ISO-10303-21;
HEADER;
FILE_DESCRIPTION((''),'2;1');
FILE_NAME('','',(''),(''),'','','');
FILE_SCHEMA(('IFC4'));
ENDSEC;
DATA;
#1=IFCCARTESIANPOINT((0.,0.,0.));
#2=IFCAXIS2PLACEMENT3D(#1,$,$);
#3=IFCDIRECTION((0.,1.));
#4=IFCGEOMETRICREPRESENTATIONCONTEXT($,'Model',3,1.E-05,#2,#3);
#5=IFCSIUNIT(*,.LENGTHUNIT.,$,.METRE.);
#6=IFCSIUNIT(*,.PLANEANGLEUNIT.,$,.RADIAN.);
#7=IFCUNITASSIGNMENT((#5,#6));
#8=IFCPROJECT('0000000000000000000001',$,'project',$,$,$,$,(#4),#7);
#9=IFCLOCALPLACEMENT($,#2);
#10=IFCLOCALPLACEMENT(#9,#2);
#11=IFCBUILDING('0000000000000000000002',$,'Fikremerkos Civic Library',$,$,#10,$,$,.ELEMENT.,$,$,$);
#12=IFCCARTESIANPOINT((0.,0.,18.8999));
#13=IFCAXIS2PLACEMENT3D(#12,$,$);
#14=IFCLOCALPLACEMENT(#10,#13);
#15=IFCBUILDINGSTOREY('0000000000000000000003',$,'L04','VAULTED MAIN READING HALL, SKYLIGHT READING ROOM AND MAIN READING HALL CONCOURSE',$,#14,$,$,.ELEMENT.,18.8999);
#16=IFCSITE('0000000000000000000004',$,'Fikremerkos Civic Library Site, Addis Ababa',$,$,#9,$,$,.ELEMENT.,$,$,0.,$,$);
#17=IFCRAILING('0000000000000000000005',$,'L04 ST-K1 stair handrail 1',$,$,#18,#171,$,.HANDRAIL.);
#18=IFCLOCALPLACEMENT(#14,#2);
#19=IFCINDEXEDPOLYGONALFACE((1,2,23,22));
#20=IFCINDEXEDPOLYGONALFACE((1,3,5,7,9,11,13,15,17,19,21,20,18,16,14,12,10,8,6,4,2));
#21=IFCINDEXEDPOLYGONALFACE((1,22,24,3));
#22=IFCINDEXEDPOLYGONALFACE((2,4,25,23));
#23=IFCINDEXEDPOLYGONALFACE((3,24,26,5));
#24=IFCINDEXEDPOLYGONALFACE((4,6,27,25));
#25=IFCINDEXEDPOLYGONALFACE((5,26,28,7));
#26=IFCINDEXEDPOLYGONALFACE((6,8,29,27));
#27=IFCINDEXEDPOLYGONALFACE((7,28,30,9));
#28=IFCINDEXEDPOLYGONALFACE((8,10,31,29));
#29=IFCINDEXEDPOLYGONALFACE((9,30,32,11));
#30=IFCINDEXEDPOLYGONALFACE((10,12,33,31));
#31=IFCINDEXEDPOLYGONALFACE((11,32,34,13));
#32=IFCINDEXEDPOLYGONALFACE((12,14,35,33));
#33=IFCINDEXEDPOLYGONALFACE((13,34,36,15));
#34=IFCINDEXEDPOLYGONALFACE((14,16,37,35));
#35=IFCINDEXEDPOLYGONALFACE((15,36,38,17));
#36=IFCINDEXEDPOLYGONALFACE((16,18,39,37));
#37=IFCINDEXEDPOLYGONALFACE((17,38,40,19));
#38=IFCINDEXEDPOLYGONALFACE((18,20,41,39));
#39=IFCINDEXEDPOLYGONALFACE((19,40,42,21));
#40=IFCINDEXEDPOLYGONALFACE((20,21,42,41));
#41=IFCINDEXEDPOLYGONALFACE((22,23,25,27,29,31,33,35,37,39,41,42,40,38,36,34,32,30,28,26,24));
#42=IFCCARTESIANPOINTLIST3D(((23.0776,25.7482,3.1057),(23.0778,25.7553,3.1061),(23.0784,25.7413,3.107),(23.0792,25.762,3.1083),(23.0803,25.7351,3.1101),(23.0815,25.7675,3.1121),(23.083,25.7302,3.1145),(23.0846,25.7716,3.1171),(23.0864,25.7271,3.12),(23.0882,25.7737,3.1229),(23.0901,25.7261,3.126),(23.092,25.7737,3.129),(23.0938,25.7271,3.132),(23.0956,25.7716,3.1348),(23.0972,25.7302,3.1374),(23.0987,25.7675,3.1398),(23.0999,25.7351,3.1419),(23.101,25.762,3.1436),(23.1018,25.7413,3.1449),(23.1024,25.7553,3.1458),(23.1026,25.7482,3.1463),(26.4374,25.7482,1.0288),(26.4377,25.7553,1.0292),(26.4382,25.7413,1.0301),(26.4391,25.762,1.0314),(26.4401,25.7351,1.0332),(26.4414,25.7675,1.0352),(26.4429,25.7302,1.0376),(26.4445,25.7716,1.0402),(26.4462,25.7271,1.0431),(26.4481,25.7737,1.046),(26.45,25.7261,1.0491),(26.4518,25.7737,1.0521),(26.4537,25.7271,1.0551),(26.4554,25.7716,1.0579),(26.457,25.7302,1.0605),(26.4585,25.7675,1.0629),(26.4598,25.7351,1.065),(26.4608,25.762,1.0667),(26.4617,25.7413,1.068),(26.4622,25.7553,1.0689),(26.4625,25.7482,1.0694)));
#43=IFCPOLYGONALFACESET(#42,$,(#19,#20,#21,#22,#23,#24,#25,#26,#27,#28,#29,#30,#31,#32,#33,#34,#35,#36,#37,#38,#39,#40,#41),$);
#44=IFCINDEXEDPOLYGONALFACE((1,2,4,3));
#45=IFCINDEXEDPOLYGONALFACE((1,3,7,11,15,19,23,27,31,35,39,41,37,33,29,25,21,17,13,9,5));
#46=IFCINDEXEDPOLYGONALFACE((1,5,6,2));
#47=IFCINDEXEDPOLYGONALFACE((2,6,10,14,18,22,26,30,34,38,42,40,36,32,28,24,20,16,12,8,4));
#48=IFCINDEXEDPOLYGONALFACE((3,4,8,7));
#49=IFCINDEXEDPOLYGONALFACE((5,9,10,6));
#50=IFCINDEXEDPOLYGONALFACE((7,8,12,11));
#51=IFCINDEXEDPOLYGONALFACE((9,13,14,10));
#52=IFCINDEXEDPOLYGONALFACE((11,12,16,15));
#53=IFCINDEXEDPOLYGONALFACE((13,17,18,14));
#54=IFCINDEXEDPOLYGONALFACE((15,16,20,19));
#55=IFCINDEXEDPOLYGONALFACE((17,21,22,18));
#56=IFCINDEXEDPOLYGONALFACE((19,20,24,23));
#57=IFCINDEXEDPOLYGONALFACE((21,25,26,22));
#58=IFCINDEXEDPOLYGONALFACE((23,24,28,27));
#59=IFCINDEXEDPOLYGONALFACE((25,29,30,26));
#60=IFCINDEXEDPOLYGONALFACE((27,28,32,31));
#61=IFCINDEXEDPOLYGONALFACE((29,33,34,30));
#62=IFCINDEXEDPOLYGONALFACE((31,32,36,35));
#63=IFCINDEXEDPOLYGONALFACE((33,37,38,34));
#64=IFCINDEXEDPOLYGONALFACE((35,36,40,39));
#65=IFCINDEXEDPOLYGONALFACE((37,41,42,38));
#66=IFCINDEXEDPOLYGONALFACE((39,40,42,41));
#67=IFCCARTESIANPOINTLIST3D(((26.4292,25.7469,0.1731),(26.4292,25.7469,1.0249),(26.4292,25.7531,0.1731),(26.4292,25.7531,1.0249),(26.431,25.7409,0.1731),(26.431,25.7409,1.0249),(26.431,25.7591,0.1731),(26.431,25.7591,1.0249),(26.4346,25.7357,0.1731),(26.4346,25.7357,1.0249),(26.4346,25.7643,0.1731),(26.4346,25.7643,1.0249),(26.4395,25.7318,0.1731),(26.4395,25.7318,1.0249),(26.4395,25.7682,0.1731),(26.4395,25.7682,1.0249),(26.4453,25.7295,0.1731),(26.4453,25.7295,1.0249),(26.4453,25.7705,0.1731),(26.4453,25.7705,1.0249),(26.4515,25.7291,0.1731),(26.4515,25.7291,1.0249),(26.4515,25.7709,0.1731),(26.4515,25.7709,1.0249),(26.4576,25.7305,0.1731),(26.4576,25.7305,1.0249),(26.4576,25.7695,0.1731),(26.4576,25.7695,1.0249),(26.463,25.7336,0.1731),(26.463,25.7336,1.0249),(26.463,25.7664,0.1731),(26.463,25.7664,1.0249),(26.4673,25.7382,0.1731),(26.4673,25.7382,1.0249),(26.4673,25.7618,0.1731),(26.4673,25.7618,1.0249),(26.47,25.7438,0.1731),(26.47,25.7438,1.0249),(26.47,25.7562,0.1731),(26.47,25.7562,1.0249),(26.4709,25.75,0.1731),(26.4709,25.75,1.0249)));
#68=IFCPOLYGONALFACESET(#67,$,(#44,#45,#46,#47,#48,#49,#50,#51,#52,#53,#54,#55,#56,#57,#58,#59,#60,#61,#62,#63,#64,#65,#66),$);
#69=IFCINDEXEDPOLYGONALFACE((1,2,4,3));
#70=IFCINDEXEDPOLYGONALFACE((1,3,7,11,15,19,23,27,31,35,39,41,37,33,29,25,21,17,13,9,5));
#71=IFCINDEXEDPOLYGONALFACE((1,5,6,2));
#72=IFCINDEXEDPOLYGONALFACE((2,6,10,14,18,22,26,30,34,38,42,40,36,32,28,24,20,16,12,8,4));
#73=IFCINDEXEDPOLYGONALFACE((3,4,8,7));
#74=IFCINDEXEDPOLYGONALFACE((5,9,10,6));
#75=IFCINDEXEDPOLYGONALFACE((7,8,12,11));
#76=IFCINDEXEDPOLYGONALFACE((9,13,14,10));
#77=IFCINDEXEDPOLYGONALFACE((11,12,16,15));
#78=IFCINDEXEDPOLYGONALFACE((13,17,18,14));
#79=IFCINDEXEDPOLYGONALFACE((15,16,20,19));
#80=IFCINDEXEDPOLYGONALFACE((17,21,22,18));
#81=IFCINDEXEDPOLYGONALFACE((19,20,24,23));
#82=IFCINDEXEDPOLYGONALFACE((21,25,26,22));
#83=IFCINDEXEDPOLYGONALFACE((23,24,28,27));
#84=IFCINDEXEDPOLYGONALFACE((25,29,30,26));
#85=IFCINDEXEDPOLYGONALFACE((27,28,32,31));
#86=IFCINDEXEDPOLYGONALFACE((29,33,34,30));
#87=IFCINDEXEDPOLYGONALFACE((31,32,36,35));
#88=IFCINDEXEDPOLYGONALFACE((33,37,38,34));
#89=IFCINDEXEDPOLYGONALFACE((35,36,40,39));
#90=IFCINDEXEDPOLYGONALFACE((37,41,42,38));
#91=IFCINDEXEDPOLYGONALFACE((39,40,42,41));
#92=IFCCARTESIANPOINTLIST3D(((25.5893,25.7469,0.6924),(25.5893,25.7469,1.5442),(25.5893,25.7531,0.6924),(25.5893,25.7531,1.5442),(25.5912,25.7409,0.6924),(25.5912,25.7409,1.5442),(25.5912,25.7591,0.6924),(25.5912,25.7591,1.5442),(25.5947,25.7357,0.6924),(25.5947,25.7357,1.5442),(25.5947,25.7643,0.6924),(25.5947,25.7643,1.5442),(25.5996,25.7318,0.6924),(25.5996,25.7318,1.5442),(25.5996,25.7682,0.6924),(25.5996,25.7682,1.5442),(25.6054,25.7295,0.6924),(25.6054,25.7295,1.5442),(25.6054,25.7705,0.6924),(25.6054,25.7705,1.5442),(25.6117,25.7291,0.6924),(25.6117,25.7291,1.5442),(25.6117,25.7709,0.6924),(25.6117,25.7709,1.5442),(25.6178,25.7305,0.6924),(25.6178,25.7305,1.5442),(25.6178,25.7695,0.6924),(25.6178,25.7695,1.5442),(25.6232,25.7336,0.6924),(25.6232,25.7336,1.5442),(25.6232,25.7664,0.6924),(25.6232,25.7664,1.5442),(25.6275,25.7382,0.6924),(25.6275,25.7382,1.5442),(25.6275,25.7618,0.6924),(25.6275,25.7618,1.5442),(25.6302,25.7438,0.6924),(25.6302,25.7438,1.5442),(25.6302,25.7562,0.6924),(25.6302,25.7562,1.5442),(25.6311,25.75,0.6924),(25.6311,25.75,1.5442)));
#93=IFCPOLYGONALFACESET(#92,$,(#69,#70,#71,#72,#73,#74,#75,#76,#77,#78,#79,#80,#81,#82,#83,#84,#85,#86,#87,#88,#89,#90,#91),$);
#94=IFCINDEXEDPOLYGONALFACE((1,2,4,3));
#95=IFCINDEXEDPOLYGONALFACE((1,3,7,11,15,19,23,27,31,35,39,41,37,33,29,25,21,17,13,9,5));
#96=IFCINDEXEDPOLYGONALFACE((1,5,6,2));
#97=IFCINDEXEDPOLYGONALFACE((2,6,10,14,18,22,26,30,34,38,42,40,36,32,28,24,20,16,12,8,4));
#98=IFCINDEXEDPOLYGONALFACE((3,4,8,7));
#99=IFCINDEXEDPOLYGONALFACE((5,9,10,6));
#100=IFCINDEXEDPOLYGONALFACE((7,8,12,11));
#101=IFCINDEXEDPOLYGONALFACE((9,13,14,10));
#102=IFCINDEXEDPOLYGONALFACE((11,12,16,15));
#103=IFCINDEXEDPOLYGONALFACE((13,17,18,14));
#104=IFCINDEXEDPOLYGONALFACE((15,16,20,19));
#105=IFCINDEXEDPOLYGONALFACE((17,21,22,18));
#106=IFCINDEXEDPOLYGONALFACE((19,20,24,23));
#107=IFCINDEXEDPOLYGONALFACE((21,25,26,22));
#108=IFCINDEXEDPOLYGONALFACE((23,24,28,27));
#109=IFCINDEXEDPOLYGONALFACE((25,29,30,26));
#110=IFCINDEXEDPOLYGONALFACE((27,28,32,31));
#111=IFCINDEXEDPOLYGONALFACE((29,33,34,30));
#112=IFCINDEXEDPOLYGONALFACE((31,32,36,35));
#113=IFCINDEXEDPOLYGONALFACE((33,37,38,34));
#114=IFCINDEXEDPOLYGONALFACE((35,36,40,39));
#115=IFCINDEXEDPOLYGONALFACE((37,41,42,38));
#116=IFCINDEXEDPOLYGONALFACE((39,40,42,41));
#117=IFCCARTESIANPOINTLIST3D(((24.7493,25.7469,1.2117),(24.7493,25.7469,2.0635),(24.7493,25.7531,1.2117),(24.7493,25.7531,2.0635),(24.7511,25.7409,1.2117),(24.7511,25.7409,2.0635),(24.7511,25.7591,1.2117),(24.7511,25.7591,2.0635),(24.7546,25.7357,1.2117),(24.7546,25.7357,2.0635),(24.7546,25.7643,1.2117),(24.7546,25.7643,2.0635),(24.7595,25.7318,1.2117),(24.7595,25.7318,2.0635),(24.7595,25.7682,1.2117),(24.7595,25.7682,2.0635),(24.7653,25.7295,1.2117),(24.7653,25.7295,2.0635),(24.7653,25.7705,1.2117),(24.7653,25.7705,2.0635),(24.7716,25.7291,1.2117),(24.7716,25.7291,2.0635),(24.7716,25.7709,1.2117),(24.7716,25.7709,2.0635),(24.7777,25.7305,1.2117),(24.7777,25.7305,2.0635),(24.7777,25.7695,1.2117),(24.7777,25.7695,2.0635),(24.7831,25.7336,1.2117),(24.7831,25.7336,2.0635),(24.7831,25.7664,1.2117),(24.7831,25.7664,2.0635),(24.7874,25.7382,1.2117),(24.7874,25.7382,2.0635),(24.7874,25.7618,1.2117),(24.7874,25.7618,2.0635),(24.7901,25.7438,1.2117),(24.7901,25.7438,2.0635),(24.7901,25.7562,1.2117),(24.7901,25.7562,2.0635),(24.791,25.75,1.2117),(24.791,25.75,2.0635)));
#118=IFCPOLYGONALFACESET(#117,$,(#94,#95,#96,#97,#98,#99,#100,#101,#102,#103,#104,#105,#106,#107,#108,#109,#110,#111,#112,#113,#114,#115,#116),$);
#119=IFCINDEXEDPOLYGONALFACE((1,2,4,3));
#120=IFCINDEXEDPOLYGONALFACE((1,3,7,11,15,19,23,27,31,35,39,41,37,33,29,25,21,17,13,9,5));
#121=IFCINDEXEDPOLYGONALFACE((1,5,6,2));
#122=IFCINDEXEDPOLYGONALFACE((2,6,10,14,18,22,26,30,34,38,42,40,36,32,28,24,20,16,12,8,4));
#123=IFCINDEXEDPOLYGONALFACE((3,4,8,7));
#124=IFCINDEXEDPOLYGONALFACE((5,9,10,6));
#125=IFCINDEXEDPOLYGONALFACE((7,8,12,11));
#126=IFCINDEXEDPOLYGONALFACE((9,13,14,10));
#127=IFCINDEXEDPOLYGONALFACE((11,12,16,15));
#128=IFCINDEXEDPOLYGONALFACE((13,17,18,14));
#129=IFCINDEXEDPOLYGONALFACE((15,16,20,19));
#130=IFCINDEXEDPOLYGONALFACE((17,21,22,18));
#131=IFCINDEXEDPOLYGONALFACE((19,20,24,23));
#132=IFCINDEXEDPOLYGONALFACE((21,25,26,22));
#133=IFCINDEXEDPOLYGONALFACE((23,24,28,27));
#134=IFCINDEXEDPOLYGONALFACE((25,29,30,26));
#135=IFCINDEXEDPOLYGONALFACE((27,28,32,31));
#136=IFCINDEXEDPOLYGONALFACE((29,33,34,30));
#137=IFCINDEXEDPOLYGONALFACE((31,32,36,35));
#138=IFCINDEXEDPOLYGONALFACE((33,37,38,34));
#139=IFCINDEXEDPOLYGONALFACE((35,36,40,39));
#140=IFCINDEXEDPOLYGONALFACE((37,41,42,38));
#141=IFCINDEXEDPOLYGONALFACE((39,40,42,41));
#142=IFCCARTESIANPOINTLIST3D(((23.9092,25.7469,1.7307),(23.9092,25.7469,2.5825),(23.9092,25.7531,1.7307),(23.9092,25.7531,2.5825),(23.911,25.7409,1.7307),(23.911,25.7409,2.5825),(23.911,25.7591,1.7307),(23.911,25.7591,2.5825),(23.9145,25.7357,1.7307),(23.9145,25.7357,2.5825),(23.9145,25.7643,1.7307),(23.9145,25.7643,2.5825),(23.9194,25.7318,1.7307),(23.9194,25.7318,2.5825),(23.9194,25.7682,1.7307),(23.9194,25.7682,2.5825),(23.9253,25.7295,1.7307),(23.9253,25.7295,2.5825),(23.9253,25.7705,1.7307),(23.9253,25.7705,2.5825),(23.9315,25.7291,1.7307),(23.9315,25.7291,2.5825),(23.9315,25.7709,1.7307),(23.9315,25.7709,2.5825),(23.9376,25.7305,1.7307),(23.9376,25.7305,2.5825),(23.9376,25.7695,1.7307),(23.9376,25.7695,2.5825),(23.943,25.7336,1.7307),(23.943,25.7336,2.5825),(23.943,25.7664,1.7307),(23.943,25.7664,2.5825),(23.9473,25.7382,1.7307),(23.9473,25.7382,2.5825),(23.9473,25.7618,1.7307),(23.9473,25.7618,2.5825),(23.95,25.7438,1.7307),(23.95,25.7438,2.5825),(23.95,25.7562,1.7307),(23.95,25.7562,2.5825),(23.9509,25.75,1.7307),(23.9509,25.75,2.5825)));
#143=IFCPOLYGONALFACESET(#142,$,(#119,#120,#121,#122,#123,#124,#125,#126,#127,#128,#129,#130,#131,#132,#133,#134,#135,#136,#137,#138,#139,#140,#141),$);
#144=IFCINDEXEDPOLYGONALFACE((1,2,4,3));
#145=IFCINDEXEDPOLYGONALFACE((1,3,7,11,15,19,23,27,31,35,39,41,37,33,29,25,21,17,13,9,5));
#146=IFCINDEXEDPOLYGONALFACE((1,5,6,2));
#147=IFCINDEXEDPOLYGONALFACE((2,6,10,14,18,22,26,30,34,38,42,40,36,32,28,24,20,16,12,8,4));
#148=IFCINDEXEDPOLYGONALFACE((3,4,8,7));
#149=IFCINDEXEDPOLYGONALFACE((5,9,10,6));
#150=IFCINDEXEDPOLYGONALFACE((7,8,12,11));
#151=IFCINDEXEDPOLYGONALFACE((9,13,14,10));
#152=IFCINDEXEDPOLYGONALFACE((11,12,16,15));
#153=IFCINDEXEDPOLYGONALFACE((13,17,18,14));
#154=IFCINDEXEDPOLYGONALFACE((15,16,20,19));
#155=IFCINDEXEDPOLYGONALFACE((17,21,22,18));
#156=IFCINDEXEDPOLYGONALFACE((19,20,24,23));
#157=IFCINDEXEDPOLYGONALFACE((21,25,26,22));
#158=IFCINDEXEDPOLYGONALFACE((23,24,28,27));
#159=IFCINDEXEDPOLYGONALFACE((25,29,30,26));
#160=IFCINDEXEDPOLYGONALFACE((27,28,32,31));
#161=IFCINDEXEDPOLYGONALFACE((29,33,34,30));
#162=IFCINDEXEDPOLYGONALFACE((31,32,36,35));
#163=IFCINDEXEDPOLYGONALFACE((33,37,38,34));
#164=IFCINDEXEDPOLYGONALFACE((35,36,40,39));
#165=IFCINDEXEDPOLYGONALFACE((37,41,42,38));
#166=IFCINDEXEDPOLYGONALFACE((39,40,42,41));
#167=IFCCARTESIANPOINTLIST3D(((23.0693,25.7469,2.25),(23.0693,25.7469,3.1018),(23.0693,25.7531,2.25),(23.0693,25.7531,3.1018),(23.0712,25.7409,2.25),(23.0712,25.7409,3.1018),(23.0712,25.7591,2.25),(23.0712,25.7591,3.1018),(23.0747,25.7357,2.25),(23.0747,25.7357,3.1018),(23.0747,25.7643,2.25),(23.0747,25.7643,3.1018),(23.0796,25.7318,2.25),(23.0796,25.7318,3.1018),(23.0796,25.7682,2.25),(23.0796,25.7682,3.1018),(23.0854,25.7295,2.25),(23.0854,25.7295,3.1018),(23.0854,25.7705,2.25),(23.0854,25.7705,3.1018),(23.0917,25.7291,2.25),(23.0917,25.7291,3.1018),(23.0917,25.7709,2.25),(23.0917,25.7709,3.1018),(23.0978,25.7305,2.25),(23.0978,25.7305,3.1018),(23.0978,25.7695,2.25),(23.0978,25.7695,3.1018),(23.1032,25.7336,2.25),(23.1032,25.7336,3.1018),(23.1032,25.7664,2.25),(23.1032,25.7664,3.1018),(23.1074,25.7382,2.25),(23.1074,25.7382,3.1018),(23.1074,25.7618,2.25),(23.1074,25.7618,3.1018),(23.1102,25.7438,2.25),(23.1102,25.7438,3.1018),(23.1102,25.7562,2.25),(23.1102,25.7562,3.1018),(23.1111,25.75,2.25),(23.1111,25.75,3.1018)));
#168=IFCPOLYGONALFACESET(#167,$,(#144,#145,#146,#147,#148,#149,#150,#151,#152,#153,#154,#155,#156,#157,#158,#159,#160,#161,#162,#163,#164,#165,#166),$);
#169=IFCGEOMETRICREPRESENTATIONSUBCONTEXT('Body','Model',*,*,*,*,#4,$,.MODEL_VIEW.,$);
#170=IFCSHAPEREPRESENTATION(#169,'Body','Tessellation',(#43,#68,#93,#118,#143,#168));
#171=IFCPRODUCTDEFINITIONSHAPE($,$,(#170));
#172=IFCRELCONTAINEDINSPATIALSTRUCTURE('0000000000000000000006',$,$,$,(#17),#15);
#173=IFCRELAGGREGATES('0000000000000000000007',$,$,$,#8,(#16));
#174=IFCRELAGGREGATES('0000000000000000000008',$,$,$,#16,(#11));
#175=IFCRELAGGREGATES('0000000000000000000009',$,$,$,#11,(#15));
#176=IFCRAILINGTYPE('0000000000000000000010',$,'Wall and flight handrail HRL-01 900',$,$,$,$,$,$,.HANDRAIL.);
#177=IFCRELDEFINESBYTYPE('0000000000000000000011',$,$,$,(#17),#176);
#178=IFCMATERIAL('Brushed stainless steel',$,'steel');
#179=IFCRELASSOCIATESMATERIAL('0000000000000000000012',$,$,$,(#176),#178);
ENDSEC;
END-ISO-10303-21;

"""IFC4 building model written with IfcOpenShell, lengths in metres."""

from ifc_helpers import new_model, si_unit, direction, frame, origin, origin_2d, place, context, subcontext, project, spatial, circle, extrude, material, type_object, element, save


model = new_model("IFC4")

# Units and contexts
model_context = context("Model", 3, precision=1e-05, world=origin(), true_north=direction((0.0, 1.0)))
body_context = subcontext(model_context, "Body", "Model", "MODEL_VIEW")
ifc_project = project(units=[si_unit("LENGTHUNIT", "METRE"), si_unit("PLANEANGLEUNIT", "RADIAN")], contexts=[model_context])

# Site, building, storey
site_placement = place(None, origin())
site = spatial("IfcSite", under=ifc_project, at=site_placement, Name="Fikremerkos Civic Library Site, Addis Ababa", CompositionType="ELEMENT", RefElevation=0.0)
building_placement = place(site_placement, origin())
building = spatial("IfcBuilding", under=site, at=building_placement, Name="Fikremerkos Civic Library", CompositionType="ELEMENT")
storey_placement = place(building_placement, frame((0.0, 0.0, 18.8999)))
storey = spatial("IfcBuildingStorey", under=building, at=storey_placement, Name="L04", Description="VAULTED MAIN READING HALL, SKYLIGHT READING ROOM AND MAIN READING HALL CONCOURSE", CompositionType="ELEMENT", Elevation=18.8999)

# Railing
ifc_material_1 = material(Name="Brushed stainless steel", Category="steel")
railing_type_1 = type_object("IfcRailingType", Name="Wall and flight handrail HRL-01 900", PredefinedType="HANDRAIL", material=ifc_material_1)
railing_1_placement = place(storey_placement, frame((26.45, 25.75, 0.1731)))
element("IfcRailing", 1, at=railing_1_placement, inside=storey, type_object=railing_type_1, Name="L04 ST-K1 stair handrail 1", PredefinedType="HANDRAIL", context=body_context, shape_type="SweptSolid", body=[
    extrude(circle(Radius=0.0239, at=origin_2d()), frame((0.0, 0.0, 0.876), z_axis=(-0.850606, 0.0, 0.525803), x_axis=(0.0, -1.0, 0.0)), (0.0, 0.0, 1.0), 3.95),
    extrude(circle(Radius=0.021, at=origin_2d()), origin(), (0.0, 0.0, 1.0), 0.8518),
    extrude(circle(Radius=0.021, at=origin_2d()), frame((-0.8398, 0.0, 0.5193)), (0.0, 0.0, 1.0), 0.8518),
    extrude(circle(Radius=0.021, at=origin_2d()), frame((-1.6799, 0.0, 1.0386)), (0.0, 0.0, 1.0), 0.8518),
    extrude(circle(Radius=0.021, at=origin_2d()), frame((-2.52, 0.0, 1.5576)), (0.0, 0.0, 1.0), 0.8518),
    extrude(circle(Radius=0.021, at=origin_2d()), frame((-3.3599, 0.0, 2.0769)), (0.0, 0.0, 1.0), 0.8518),
])

save(model, "model.ifc")
